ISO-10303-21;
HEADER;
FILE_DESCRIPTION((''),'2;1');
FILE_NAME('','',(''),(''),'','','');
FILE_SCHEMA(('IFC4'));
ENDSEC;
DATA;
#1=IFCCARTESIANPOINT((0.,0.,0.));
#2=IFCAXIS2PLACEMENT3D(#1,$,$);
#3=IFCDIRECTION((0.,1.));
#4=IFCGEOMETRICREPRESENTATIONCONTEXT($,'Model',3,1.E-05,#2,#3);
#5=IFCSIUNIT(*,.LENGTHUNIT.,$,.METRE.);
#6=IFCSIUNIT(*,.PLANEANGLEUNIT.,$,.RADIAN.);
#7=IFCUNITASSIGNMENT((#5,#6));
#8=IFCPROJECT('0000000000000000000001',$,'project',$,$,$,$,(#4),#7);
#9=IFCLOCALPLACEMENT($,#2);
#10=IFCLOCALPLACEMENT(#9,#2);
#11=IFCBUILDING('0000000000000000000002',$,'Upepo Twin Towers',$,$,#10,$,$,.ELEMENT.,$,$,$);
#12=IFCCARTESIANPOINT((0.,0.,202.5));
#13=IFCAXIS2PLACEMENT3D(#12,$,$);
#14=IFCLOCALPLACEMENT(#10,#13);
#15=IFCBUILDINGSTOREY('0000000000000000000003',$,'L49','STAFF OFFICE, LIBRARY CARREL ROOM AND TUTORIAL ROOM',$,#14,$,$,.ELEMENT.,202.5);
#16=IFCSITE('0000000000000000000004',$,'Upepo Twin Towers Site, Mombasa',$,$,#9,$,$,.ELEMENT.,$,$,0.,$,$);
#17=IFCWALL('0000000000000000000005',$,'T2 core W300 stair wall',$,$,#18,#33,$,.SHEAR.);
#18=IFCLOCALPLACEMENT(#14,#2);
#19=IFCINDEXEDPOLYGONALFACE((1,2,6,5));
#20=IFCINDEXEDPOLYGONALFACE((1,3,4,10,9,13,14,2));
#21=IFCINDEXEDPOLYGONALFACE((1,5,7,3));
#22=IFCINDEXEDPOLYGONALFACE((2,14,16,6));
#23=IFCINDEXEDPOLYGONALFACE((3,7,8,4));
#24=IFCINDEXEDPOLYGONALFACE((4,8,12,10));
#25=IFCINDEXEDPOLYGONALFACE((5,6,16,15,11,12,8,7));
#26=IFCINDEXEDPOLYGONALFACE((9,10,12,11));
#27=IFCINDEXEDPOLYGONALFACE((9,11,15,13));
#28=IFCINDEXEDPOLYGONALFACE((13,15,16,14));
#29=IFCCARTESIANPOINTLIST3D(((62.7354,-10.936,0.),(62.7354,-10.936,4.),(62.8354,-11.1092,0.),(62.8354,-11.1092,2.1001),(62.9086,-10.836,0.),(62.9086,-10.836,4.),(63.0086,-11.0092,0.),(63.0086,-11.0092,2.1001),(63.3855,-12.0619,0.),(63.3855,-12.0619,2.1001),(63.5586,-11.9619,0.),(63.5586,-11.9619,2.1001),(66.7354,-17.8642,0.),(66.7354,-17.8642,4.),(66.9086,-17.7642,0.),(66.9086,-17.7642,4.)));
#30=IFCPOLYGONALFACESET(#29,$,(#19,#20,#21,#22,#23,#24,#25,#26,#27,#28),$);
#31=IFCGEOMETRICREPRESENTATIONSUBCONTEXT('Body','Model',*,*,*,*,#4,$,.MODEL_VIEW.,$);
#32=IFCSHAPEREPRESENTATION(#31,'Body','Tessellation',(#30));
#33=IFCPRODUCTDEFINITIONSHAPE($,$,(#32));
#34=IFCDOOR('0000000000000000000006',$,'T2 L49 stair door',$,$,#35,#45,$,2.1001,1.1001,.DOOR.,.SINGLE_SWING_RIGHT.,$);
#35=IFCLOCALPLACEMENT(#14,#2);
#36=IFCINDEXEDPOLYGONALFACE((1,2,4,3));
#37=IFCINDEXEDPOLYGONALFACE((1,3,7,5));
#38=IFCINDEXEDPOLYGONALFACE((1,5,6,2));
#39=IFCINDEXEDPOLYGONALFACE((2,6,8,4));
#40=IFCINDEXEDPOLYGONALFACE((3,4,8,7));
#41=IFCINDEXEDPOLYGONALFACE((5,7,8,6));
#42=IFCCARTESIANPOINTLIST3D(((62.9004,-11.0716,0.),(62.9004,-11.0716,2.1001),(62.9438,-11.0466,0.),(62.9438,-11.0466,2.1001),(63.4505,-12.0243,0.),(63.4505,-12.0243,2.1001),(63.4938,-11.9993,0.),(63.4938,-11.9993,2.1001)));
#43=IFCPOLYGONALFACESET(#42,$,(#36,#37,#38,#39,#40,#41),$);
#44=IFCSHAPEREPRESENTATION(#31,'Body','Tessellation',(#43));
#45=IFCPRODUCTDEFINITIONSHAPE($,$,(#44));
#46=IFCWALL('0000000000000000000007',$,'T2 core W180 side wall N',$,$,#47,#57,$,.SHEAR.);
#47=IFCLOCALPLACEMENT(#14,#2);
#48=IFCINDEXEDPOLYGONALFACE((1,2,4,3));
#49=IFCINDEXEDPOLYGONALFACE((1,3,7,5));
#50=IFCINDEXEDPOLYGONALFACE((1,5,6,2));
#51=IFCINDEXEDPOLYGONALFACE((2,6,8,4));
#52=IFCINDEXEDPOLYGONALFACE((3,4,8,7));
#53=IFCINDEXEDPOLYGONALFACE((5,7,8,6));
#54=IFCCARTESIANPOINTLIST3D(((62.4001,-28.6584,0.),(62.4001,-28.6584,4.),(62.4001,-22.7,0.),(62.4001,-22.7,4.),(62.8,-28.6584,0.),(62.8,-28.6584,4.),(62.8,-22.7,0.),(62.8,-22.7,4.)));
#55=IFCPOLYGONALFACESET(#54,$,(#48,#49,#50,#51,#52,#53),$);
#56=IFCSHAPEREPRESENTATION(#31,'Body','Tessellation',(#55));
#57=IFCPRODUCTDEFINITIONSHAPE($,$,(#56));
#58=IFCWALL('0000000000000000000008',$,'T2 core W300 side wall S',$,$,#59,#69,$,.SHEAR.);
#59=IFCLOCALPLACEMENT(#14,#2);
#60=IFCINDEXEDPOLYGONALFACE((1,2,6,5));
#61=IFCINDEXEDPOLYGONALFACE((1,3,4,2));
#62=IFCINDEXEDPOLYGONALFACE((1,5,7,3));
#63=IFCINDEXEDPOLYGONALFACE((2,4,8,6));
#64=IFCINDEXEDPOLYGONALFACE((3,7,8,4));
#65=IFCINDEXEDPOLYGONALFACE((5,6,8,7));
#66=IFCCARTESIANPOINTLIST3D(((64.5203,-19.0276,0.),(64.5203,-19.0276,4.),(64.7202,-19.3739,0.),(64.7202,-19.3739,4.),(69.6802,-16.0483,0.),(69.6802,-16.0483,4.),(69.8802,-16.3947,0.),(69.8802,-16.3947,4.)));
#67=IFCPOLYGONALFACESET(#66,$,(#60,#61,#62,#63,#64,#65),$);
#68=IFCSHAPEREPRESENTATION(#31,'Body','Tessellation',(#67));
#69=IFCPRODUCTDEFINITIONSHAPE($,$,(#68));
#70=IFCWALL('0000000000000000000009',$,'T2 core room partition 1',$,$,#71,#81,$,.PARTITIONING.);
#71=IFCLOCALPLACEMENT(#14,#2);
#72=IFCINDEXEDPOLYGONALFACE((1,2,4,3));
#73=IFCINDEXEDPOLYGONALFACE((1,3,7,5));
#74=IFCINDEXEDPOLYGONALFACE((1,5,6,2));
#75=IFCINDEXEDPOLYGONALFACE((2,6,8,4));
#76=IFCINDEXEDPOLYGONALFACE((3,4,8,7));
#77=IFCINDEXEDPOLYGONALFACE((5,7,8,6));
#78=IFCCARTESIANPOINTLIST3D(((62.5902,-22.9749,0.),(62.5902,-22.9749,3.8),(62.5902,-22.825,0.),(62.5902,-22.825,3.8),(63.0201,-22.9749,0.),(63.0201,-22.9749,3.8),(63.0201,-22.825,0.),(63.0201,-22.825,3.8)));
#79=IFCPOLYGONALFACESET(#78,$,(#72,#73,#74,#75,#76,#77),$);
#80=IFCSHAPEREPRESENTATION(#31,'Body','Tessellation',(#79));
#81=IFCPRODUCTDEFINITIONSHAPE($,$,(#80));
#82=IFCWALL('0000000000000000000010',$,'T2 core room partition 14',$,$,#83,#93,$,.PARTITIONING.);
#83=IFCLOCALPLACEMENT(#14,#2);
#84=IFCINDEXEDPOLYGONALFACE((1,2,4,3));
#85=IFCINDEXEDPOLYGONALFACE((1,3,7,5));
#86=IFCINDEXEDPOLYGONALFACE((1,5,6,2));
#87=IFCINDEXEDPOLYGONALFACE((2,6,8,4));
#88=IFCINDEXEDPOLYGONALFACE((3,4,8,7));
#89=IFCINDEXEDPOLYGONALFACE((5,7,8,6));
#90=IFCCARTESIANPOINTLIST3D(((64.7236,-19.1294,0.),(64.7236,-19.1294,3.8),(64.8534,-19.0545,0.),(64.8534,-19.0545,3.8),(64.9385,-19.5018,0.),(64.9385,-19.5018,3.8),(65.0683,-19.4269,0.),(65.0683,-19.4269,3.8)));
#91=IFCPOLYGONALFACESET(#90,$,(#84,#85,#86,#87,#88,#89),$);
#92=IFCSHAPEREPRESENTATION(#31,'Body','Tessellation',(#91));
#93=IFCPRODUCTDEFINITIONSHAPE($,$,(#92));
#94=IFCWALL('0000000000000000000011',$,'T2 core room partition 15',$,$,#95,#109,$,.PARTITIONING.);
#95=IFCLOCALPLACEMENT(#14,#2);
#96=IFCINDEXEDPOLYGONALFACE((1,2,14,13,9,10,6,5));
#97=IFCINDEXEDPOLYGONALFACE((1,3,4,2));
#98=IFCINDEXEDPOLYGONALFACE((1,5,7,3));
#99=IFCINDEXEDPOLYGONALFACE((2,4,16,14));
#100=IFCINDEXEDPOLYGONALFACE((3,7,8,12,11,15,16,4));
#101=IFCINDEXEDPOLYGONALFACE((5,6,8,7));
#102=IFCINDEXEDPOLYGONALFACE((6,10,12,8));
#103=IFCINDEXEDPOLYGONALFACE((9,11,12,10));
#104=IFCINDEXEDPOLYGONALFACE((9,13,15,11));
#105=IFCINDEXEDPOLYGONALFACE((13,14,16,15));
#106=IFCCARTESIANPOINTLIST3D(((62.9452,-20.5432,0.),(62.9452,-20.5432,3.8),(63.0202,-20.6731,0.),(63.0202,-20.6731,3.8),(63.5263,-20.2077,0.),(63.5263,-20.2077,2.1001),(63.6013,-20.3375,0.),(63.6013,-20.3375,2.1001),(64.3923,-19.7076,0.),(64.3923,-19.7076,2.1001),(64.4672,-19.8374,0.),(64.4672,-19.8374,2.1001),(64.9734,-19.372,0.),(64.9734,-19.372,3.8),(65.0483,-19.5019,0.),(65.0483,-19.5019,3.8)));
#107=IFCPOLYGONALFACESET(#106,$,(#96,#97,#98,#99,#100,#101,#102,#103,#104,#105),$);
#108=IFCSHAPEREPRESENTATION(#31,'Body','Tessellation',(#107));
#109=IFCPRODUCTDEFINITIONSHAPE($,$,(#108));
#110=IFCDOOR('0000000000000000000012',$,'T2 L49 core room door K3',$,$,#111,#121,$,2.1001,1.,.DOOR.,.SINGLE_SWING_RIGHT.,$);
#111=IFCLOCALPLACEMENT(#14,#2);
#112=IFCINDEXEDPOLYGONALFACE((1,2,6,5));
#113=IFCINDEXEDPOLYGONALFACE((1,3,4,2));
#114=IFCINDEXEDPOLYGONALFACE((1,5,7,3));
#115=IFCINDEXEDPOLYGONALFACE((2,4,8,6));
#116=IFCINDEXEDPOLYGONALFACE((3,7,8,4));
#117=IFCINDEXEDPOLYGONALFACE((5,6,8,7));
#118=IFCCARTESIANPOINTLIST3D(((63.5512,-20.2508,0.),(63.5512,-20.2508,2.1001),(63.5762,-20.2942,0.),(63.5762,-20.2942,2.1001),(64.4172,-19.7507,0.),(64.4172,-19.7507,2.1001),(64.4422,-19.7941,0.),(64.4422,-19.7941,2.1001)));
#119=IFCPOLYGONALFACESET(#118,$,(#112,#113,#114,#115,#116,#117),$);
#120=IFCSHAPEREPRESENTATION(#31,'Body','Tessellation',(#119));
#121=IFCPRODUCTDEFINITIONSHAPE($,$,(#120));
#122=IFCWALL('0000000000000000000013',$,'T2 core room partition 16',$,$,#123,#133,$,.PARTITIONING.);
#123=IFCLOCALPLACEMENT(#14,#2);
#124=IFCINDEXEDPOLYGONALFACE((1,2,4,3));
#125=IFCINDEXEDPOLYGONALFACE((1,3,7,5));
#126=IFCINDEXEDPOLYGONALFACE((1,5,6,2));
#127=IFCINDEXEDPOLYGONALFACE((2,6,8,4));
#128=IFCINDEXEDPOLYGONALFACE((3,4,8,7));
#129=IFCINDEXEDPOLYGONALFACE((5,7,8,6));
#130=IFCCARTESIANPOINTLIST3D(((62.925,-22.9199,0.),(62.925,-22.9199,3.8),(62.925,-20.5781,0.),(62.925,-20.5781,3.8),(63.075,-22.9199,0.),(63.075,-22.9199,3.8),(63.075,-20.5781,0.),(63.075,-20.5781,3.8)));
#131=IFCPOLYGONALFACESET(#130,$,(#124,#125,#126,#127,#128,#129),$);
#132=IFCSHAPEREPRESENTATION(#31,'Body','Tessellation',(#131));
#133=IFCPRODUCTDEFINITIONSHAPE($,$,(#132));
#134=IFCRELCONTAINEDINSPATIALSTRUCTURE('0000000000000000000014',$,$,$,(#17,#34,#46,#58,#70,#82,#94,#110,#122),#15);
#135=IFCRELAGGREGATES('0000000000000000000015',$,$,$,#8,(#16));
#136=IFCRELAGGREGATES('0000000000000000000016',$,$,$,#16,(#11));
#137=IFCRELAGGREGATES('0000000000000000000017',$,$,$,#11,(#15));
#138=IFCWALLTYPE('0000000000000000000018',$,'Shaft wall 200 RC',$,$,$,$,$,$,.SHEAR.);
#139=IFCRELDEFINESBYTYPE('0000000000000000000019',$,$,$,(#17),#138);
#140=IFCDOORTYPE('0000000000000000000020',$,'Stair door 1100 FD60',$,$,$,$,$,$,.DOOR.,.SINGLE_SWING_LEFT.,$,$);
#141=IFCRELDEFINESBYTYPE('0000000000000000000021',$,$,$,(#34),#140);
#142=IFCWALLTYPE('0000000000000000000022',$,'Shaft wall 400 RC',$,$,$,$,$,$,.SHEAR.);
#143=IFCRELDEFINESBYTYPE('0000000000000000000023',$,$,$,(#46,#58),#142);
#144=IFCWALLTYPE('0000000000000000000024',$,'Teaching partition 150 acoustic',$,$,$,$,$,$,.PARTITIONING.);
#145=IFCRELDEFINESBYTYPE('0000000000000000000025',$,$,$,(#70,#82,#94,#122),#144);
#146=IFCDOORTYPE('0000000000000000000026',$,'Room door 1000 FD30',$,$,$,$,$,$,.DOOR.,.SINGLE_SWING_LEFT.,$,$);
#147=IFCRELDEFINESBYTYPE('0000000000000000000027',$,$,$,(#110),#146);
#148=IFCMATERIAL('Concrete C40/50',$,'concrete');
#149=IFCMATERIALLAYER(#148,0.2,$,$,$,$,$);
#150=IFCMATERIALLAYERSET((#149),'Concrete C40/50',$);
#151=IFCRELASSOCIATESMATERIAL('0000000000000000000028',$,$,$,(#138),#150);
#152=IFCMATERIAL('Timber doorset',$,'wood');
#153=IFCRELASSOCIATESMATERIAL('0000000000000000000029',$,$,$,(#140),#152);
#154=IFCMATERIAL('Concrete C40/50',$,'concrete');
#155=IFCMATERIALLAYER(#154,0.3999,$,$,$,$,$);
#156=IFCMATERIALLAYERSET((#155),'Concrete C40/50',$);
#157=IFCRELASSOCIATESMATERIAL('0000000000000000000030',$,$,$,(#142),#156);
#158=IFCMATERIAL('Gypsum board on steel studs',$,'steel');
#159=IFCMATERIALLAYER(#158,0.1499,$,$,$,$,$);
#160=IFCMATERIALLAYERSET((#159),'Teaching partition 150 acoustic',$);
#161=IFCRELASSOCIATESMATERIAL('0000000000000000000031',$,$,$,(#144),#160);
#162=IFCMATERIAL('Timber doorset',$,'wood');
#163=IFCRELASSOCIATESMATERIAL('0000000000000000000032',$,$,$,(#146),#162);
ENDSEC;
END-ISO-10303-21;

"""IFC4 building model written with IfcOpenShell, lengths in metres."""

from ifc_helpers import new_model, si_unit, direction, frame, frame_2d, origin, place, context, subcontext, project, spatial, rectangle, extrude, material, layer, layer_set, type_object, element, fill, save


model = new_model("IFC4")

# Units and contexts
model_context = context("Model", 3, precision=1e-05, world=origin(), true_north=direction((0.0, 1.0)))
body_context = subcontext(model_context, "Body", "Model", "MODEL_VIEW")
ifc_project = project(units=[si_unit("LENGTHUNIT", "METRE"), si_unit("PLANEANGLEUNIT", "RADIAN")], contexts=[model_context])

# Site, building, storey
site_placement = place(None, origin())
site = spatial("IfcSite", under=ifc_project, at=site_placement, Name="Upepo Twin Towers Site, Mombasa", CompositionType="ELEMENT", RefElevation=0.0)
building_placement = place(site_placement, origin())
building = spatial("IfcBuilding", under=site, at=building_placement, Name="Upepo Twin Towers", CompositionType="ELEMENT")
storey_placement = place(building_placement, frame((0.0, 0.0, 202.5)))
storey = spatial("IfcBuildingStorey", under=building, at=storey_placement, Name="L49", Description="STAFF OFFICE, LIBRARY CARREL ROOM AND TUTORIAL ROOM", CompositionType="ELEMENT", Elevation=202.5)

# Shared definitions
ifc_material_1 = material(Name="Concrete C40/50", Category="concrete")
ifc_layer_1 = layer(ifc_material_1, 0.2)
ifc_layer_set_1 = layer_set([ifc_layer_1], Name="Concrete C40/50")
wall_type_1 = type_object("IfcWallType", Name="Shaft wall 200 RC", PredefinedType="SHEAR", material=ifc_layer_set_1)

# Wall, opening, door
wall_1_placement = place(storey_placement, frame((66.822, -17.8142, 0.0), z_axis=(0.0, 0.0, 1.0), x_axis=(-0.499999, 0.866026, 0.0)))
wall_1 = element("IfcWall", 1, at=wall_1_placement, inside=storey, type_object=wall_type_1, Name="T2 core W300 stair wall", PredefinedType="SHEAR", context=body_context, shape_type="SweptSolid", body=[
    extrude(rectangle(XDim=8.0, YDim=0.2, at=frame_2d((4.0, 0.0))), origin(), (0.0, 0.0, 1.0), 4.0),
])
opening_1_placement = place(wall_1_placement, frame((6.7, 0.0, 0.0)))
opening_1 = element("IfcOpeningElement", 2, at=opening_1_placement, cuts=wall_1, PredefinedType="OPENING", context=body_context, shape_type="SweptSolid", body=[
    extrude(rectangle(XDim=1.1001, YDim=2.1001, at=frame_2d((0.55, 1.05))), frame((0.0, 0.1099, 0.0), z_axis=(0.0, -1.0, 0.0), x_axis=(1.0, 0.0, 0.0)), (0.0, 0.0, 1.0), 0.22),
])
ifc_material_2 = material(Name="Timber doorset", Category="wood")
door_type_1 = type_object("IfcDoorType", Name="Stair door 1100 FD60", OperationType="SINGLE_SWING_LEFT", PredefinedType="DOOR", material=ifc_material_2)
door_1_placement = place(opening_1_placement, origin())
door_1 = element("IfcDoor", 3, at=door_1_placement, inside=storey, type_object=door_type_1, Name="T2 L49 stair door", OperationType="SINGLE_SWING_RIGHT", OverallHeight=2.1001, OverallWidth=1.1001, PredefinedType="DOOR", context=body_context, shape_type="SweptSolid", body=[
    extrude(rectangle(XDim=1.1001, YDim=2.1001, at=frame_2d((0.55, 1.05))), frame((0.0, 0.0249, 0.0), z_axis=(0.0, -1.0, 0.0), x_axis=(1.0, 0.0, 0.0)), (0.0, 0.0, 1.0), 0.05),
])
fill(opening_1, door_1)

# Walls
ifc_material_3 = material(Name="Concrete C40/50", Category="concrete")
ifc_layer_2 = layer(ifc_material_3, 0.3999)
ifc_layer_set_2 = layer_set([ifc_layer_2], Name="Concrete C40/50")
wall_type_2 = type_object("IfcWallType", Name="Shaft wall 400 RC", PredefinedType="SHEAR", material=ifc_layer_set_2)
wall_2_placement = place(storey_placement, frame((62.6001, -22.7, 0.0), z_axis=(0.0, 0.0, 1.0), x_axis=(0.0, -1.0, 0.0)))
element("IfcWall", 4, at=wall_2_placement, inside=storey, type_object=wall_type_2, Name="T2 core W180 side wall N", PredefinedType="SHEAR", context=body_context, shape_type="SweptSolid", body=[
    extrude(rectangle(XDim=5.9585, YDim=0.3999, at=frame_2d((2.9792, 0.0))), origin(), (0.0, 0.0, 1.0), 4.0),
])
wall_3_placement = place(storey_placement, frame((64.6204, -19.2007, 0.0), z_axis=(0.0, 0.0, 1.0), x_axis=(0.866013, 0.500022, 0.0)))
element("IfcWall", 5, at=wall_3_placement, inside=storey, type_object=wall_type_2, Name="T2 core W300 side wall S", PredefinedType="SHEAR", context=body_context, shape_type="SweptSolid", body=[
    extrude(rectangle(XDim=5.9583, YDim=0.3999, at=frame_2d((2.979, 0.0))), origin(), (0.0, 0.0, 1.0), 4.0),
])
ifc_material_4 = material(Name="Gypsum board on steel studs", Category="steel")
ifc_layer_3 = layer(ifc_material_4, 0.1499)
ifc_layer_set_3 = layer_set([ifc_layer_3], Name="Teaching partition 150 acoustic")
wall_type_3 = type_object("IfcWallType", Name="Teaching partition 150 acoustic", PredefinedType="PARTITIONING", material=ifc_layer_set_3)
for number, where, z_axis, x_axis, name in (
    (6, (63.02, -22.8999, 0.0), (0.0, 0.0, 1.0), (-1.0, 0.0, 0.0), "T2 core room partition 1"),
    (7, (64.7886, -19.092, 0.0), (0.0, 0.0, 1.0), (0.499804, -0.866138, 0.0), "T2 core room partition 14"),
):
    element("IfcWall", number, at=place(storey_placement, frame(where, z_axis=z_axis, x_axis=x_axis)), inside=storey, type_object=wall_type_3, Name=name, PredefinedType="PARTITIONING", context=body_context, shape_type="SweptSolid", body=[
        extrude(rectangle(XDim=0.4299, YDim=0.1499, at=frame_2d((0.2148, 0.0))), origin(), (0.0, 0.0, 1.0), 3.8),
    ])

# Wall, opening, door
wall_4_placement = place(storey_placement, frame((65.0107, -19.437, 0.0), z_axis=(0.0, 0.0, 1.0), x_axis=(-0.865982, -0.500074, 0.0)))
wall_4 = element("IfcWall", 8, at=wall_4_placement, inside=storey, type_object=wall_type_3, Name="T2 core room partition 15", PredefinedType="PARTITIONING", context=body_context, shape_type="SweptSolid", body=[
    extrude(rectangle(XDim=2.342, YDim=0.1499, at=frame_2d((1.1709, 0.0))), origin(), (0.0, 0.0, 1.0), 3.8),
])
opening_2_placement = place(wall_4_placement, frame((0.6709, 0.0, 0.0)))
opening_2 = element("IfcOpeningElement", 9, at=opening_2_placement, cuts=wall_4, PredefinedType="OPENING", context=body_context, shape_type="SweptSolid", body=[
    extrude(rectangle(XDim=1.0, YDim=2.1001, at=frame_2d((0.5, 1.05))), frame((0.0, 0.085, 0.0), z_axis=(0.0, -1.0, 0.0), x_axis=(1.0, 0.0, 0.0)), (0.0, 0.0, 1.0), 0.1699),
])
ifc_material_5 = material(Name="Timber doorset", Category="wood")
door_type_2 = type_object("IfcDoorType", Name="Room door 1000 FD30", OperationType="SINGLE_SWING_LEFT", PredefinedType="DOOR", material=ifc_material_5)
door_2_placement = place(opening_2_placement, origin())
door_2 = element("IfcDoor", 10, at=door_2_placement, inside=storey, type_object=door_type_2, Name="T2 L49 core room door K3", OperationType="SINGLE_SWING_RIGHT", OverallHeight=2.1001, OverallWidth=1.0, PredefinedType="DOOR", context=body_context, shape_type="SweptSolid", body=[
    extrude(rectangle(XDim=1.0, YDim=2.1001, at=frame_2d((0.5, 1.05))), frame((0.0, 0.0249, 0.0), z_axis=(0.0, -1.0, 0.0), x_axis=(1.0, 0.0, 0.0)), (0.0, 0.0, 1.0), 0.05),
])
fill(opening_2, door_2)

# Wall
wall_5_placement = place(storey_placement, frame((63.0, -20.5781, 0.0), z_axis=(0.0, 0.0, 1.0), x_axis=(0.0, -1.0, 0.0)))
element("IfcWall", 11, at=wall_5_placement, inside=storey, type_object=wall_type_3, Name="T2 core room partition 16", PredefinedType="PARTITIONING", context=body_context, shape_type="SweptSolid", body=[
    extrude(rectangle(XDim=2.3418, YDim=0.1499, at=frame_2d((1.1709, 0.0))), origin(), (0.0, 0.0, 1.0), 3.8),
])

save(model, "model.ifc")
